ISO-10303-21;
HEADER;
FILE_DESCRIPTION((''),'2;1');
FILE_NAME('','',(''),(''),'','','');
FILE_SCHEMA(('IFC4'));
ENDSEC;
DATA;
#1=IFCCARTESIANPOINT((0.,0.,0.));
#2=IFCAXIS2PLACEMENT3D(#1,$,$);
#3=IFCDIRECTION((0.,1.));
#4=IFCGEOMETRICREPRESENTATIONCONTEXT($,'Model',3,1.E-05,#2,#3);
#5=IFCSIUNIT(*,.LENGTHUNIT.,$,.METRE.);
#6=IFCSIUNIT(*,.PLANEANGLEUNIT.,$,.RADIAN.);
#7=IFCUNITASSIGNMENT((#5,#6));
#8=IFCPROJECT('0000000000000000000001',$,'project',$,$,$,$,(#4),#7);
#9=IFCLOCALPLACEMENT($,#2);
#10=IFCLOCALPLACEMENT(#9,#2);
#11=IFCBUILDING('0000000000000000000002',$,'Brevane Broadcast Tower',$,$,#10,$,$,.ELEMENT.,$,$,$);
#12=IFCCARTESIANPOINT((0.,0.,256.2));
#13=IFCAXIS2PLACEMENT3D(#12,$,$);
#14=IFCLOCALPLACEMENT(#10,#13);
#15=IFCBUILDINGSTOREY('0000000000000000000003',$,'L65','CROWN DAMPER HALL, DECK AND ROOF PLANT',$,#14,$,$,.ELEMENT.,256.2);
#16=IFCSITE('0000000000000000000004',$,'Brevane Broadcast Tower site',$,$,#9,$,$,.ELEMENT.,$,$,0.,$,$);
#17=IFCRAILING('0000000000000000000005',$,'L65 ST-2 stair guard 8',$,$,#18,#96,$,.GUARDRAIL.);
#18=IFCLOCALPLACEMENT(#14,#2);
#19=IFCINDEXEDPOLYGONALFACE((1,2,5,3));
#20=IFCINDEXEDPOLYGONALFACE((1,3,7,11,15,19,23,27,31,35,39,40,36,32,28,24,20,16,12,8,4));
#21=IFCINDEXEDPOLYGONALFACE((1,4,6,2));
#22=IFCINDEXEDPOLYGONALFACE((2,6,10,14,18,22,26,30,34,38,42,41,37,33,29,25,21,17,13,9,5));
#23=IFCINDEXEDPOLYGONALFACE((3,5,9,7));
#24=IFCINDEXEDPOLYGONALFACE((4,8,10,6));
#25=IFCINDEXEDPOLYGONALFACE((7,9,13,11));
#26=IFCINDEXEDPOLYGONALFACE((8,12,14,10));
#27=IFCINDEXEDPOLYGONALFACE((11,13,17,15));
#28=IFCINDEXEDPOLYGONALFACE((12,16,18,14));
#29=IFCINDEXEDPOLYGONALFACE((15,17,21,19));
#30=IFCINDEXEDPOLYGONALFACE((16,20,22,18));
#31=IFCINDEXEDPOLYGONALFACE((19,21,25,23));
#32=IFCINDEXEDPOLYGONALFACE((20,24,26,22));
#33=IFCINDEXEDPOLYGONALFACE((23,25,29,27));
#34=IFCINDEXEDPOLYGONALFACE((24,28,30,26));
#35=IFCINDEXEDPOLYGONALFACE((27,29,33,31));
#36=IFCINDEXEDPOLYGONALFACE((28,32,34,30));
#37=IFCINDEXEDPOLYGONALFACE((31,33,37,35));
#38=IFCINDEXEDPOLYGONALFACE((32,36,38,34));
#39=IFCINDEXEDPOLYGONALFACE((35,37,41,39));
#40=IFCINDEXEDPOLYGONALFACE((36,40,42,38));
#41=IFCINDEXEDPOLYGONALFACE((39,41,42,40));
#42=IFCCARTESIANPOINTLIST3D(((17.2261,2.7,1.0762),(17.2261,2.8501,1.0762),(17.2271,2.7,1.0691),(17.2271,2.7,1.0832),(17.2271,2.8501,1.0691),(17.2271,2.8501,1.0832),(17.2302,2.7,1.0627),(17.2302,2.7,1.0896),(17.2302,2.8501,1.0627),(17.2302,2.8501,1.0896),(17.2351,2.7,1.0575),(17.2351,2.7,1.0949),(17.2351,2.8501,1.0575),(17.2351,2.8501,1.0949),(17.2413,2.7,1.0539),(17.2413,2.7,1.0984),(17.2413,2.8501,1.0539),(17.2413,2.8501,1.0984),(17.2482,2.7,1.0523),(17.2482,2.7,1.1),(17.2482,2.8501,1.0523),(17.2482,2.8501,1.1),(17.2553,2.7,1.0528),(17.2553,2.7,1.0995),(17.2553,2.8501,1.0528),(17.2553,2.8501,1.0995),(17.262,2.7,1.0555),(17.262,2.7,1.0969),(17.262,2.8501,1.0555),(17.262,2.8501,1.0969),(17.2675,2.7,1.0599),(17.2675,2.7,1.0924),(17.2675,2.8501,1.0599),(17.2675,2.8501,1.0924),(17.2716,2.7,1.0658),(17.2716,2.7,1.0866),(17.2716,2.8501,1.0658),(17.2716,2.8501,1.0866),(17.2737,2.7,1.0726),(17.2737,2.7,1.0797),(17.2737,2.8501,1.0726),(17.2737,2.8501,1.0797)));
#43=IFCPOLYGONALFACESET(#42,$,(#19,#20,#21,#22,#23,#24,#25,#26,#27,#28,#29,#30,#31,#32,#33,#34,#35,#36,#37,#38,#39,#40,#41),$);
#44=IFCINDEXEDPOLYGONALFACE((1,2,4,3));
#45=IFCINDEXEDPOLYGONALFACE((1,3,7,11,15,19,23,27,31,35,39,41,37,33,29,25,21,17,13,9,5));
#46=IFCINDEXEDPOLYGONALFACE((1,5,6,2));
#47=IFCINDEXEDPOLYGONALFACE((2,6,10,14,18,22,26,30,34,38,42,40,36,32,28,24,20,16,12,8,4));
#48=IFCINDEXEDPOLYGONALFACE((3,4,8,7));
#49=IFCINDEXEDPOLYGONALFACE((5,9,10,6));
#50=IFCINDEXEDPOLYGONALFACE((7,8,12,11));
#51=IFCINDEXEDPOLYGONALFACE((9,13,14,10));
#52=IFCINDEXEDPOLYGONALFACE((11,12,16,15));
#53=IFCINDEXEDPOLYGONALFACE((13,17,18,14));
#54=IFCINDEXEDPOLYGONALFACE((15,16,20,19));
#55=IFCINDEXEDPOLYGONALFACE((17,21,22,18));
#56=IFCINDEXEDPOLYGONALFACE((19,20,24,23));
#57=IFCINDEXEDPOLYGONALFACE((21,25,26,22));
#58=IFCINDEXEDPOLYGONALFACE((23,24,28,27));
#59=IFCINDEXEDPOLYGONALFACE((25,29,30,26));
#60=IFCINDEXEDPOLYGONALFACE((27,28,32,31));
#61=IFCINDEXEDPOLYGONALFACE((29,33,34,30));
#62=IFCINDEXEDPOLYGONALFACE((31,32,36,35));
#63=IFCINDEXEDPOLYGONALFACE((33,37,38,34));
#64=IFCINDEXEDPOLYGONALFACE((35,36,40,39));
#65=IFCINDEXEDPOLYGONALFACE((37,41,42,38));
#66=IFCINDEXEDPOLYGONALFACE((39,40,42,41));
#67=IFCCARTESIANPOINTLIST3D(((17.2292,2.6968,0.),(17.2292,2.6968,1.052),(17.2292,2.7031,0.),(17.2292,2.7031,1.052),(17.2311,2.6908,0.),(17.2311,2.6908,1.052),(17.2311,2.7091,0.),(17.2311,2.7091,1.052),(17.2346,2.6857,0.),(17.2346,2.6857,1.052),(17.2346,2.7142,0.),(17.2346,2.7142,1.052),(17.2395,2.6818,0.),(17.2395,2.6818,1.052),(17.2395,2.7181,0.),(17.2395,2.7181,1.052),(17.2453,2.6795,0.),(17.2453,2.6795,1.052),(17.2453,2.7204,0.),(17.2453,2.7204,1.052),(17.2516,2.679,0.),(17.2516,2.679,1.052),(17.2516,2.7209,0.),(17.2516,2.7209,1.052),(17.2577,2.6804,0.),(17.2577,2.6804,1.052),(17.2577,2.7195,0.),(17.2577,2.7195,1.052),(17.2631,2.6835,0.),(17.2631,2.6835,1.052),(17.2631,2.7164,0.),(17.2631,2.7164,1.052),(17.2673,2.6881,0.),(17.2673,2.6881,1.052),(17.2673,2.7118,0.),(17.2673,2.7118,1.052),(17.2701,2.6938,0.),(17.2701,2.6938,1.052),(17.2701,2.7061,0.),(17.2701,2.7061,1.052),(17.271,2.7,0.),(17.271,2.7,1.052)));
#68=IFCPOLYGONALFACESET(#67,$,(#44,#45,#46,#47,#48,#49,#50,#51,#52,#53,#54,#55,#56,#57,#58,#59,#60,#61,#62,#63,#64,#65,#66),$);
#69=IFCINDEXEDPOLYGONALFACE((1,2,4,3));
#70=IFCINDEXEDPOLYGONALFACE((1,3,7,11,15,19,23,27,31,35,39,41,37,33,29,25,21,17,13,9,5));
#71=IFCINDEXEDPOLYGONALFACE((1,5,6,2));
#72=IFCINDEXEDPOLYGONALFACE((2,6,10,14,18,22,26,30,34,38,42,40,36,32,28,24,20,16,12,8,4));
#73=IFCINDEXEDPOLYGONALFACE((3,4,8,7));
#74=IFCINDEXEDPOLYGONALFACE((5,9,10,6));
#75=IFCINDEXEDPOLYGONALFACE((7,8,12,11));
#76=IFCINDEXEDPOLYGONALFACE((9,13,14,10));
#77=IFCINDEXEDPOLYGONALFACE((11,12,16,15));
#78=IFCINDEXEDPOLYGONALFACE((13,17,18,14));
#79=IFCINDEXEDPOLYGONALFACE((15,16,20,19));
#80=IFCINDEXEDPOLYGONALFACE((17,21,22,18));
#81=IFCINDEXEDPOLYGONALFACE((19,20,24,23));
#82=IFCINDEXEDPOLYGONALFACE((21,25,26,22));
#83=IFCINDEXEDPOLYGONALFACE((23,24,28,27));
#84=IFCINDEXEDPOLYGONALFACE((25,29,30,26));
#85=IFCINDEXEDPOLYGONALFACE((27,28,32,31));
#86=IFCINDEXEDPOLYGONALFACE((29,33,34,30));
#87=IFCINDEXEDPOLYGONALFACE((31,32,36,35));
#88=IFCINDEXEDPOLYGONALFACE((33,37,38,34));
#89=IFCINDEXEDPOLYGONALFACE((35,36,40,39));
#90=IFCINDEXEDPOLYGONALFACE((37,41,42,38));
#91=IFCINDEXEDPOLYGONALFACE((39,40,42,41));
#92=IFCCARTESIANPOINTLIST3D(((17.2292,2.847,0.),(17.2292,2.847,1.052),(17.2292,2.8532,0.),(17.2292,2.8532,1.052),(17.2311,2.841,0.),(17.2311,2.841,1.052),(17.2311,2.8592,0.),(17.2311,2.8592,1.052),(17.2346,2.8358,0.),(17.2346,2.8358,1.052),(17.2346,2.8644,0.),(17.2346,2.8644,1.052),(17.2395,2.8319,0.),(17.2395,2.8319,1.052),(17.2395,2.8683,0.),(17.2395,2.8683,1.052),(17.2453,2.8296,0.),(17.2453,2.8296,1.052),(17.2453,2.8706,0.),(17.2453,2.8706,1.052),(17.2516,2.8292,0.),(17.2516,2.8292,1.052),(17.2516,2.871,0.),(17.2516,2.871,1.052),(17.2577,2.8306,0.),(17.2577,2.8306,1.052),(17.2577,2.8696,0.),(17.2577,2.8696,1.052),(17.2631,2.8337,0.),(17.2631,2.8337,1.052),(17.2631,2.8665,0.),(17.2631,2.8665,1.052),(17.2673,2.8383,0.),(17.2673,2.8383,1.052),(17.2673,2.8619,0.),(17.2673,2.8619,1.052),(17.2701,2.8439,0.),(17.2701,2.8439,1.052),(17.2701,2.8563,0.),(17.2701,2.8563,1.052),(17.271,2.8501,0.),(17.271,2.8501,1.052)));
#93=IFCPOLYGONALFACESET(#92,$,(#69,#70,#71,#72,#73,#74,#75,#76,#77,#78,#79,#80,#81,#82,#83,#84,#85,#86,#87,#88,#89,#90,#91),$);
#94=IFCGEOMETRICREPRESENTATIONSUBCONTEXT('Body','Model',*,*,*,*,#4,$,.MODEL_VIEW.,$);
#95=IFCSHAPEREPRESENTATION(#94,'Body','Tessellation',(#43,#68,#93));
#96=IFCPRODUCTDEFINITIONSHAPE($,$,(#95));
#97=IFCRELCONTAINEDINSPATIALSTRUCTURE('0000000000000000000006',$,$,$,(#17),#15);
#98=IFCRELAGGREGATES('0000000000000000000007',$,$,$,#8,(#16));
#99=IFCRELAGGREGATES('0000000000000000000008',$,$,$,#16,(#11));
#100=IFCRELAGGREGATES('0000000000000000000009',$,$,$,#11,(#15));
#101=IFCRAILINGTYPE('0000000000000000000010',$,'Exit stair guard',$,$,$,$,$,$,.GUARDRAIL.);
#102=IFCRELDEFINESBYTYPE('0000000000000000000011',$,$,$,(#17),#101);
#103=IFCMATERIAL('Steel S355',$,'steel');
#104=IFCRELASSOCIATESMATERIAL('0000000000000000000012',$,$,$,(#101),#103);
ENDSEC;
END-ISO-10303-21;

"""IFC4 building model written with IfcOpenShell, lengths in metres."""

from ifc_helpers import new_model, si_unit, direction, frame, origin, origin_2d, place, context, subcontext, project, spatial, circle, extrude, material, type_object, element, save


model = new_model("IFC4")

# Units and contexts
model_context = context("Model", 3, precision=1e-05, world=origin(), true_north=direction((0.0, 1.0)))
body_context = subcontext(model_context, "Body", "Model", "MODEL_VIEW")
ifc_project = project(units=[si_unit("LENGTHUNIT", "METRE"), si_unit("PLANEANGLEUNIT", "RADIAN")], contexts=[model_context])

# Site, building, storey
site_placement = place(None, origin())
site = spatial("IfcSite", under=ifc_project, at=site_placement, Name="Brevane Broadcast Tower site", CompositionType="ELEMENT", RefElevation=0.0)
building_placement = place(site_placement, origin())
building = spatial("IfcBuilding", under=site, at=building_placement, Name="Brevane Broadcast Tower", CompositionType="ELEMENT")
storey_placement = place(building_placement, frame((0.0, 0.0, 256.2)))
storey = spatial("IfcBuildingStorey", under=building, at=storey_placement, Name="L65", Description="CROWN DAMPER HALL, DECK AND ROOF PLANT", CompositionType="ELEMENT", Elevation=256.2)

# Railing
ifc_material_1 = material(Name="Steel S355", Category="steel")
railing_type_1 = type_object("IfcRailingType", Name="Exit stair guard", PredefinedType="GUARDRAIL", material=ifc_material_1)
railing_1_placement = place(storey_placement, frame((17.25, 2.7, 0.0)))
element("IfcRailing", 1, at=railing_1_placement, inside=storey, type_object=railing_type_1, Name="L65 ST-2 stair guard 8", PredefinedType="GUARDRAIL", context=body_context, shape_type="SweptSolid", body=[
    extrude(circle(Radius=0.0239, at=origin_2d()), frame((0.0, 0.0, 1.0762), z_axis=(0.0, 1.0, 0.0), x_axis=(-1.0, 0.0, 0.0)), (0.0, 0.0, 1.0), 0.1501),
    extrude(circle(Radius=0.021, at=origin_2d()), origin(), (0.0, 0.0, 1.0), 1.052),
    extrude(circle(Radius=0.021, at=origin_2d()), frame((0.0, 0.1501, 0.0)), (0.0, 0.0, 1.0), 1.052),
])

save(model, "model.ifc")
